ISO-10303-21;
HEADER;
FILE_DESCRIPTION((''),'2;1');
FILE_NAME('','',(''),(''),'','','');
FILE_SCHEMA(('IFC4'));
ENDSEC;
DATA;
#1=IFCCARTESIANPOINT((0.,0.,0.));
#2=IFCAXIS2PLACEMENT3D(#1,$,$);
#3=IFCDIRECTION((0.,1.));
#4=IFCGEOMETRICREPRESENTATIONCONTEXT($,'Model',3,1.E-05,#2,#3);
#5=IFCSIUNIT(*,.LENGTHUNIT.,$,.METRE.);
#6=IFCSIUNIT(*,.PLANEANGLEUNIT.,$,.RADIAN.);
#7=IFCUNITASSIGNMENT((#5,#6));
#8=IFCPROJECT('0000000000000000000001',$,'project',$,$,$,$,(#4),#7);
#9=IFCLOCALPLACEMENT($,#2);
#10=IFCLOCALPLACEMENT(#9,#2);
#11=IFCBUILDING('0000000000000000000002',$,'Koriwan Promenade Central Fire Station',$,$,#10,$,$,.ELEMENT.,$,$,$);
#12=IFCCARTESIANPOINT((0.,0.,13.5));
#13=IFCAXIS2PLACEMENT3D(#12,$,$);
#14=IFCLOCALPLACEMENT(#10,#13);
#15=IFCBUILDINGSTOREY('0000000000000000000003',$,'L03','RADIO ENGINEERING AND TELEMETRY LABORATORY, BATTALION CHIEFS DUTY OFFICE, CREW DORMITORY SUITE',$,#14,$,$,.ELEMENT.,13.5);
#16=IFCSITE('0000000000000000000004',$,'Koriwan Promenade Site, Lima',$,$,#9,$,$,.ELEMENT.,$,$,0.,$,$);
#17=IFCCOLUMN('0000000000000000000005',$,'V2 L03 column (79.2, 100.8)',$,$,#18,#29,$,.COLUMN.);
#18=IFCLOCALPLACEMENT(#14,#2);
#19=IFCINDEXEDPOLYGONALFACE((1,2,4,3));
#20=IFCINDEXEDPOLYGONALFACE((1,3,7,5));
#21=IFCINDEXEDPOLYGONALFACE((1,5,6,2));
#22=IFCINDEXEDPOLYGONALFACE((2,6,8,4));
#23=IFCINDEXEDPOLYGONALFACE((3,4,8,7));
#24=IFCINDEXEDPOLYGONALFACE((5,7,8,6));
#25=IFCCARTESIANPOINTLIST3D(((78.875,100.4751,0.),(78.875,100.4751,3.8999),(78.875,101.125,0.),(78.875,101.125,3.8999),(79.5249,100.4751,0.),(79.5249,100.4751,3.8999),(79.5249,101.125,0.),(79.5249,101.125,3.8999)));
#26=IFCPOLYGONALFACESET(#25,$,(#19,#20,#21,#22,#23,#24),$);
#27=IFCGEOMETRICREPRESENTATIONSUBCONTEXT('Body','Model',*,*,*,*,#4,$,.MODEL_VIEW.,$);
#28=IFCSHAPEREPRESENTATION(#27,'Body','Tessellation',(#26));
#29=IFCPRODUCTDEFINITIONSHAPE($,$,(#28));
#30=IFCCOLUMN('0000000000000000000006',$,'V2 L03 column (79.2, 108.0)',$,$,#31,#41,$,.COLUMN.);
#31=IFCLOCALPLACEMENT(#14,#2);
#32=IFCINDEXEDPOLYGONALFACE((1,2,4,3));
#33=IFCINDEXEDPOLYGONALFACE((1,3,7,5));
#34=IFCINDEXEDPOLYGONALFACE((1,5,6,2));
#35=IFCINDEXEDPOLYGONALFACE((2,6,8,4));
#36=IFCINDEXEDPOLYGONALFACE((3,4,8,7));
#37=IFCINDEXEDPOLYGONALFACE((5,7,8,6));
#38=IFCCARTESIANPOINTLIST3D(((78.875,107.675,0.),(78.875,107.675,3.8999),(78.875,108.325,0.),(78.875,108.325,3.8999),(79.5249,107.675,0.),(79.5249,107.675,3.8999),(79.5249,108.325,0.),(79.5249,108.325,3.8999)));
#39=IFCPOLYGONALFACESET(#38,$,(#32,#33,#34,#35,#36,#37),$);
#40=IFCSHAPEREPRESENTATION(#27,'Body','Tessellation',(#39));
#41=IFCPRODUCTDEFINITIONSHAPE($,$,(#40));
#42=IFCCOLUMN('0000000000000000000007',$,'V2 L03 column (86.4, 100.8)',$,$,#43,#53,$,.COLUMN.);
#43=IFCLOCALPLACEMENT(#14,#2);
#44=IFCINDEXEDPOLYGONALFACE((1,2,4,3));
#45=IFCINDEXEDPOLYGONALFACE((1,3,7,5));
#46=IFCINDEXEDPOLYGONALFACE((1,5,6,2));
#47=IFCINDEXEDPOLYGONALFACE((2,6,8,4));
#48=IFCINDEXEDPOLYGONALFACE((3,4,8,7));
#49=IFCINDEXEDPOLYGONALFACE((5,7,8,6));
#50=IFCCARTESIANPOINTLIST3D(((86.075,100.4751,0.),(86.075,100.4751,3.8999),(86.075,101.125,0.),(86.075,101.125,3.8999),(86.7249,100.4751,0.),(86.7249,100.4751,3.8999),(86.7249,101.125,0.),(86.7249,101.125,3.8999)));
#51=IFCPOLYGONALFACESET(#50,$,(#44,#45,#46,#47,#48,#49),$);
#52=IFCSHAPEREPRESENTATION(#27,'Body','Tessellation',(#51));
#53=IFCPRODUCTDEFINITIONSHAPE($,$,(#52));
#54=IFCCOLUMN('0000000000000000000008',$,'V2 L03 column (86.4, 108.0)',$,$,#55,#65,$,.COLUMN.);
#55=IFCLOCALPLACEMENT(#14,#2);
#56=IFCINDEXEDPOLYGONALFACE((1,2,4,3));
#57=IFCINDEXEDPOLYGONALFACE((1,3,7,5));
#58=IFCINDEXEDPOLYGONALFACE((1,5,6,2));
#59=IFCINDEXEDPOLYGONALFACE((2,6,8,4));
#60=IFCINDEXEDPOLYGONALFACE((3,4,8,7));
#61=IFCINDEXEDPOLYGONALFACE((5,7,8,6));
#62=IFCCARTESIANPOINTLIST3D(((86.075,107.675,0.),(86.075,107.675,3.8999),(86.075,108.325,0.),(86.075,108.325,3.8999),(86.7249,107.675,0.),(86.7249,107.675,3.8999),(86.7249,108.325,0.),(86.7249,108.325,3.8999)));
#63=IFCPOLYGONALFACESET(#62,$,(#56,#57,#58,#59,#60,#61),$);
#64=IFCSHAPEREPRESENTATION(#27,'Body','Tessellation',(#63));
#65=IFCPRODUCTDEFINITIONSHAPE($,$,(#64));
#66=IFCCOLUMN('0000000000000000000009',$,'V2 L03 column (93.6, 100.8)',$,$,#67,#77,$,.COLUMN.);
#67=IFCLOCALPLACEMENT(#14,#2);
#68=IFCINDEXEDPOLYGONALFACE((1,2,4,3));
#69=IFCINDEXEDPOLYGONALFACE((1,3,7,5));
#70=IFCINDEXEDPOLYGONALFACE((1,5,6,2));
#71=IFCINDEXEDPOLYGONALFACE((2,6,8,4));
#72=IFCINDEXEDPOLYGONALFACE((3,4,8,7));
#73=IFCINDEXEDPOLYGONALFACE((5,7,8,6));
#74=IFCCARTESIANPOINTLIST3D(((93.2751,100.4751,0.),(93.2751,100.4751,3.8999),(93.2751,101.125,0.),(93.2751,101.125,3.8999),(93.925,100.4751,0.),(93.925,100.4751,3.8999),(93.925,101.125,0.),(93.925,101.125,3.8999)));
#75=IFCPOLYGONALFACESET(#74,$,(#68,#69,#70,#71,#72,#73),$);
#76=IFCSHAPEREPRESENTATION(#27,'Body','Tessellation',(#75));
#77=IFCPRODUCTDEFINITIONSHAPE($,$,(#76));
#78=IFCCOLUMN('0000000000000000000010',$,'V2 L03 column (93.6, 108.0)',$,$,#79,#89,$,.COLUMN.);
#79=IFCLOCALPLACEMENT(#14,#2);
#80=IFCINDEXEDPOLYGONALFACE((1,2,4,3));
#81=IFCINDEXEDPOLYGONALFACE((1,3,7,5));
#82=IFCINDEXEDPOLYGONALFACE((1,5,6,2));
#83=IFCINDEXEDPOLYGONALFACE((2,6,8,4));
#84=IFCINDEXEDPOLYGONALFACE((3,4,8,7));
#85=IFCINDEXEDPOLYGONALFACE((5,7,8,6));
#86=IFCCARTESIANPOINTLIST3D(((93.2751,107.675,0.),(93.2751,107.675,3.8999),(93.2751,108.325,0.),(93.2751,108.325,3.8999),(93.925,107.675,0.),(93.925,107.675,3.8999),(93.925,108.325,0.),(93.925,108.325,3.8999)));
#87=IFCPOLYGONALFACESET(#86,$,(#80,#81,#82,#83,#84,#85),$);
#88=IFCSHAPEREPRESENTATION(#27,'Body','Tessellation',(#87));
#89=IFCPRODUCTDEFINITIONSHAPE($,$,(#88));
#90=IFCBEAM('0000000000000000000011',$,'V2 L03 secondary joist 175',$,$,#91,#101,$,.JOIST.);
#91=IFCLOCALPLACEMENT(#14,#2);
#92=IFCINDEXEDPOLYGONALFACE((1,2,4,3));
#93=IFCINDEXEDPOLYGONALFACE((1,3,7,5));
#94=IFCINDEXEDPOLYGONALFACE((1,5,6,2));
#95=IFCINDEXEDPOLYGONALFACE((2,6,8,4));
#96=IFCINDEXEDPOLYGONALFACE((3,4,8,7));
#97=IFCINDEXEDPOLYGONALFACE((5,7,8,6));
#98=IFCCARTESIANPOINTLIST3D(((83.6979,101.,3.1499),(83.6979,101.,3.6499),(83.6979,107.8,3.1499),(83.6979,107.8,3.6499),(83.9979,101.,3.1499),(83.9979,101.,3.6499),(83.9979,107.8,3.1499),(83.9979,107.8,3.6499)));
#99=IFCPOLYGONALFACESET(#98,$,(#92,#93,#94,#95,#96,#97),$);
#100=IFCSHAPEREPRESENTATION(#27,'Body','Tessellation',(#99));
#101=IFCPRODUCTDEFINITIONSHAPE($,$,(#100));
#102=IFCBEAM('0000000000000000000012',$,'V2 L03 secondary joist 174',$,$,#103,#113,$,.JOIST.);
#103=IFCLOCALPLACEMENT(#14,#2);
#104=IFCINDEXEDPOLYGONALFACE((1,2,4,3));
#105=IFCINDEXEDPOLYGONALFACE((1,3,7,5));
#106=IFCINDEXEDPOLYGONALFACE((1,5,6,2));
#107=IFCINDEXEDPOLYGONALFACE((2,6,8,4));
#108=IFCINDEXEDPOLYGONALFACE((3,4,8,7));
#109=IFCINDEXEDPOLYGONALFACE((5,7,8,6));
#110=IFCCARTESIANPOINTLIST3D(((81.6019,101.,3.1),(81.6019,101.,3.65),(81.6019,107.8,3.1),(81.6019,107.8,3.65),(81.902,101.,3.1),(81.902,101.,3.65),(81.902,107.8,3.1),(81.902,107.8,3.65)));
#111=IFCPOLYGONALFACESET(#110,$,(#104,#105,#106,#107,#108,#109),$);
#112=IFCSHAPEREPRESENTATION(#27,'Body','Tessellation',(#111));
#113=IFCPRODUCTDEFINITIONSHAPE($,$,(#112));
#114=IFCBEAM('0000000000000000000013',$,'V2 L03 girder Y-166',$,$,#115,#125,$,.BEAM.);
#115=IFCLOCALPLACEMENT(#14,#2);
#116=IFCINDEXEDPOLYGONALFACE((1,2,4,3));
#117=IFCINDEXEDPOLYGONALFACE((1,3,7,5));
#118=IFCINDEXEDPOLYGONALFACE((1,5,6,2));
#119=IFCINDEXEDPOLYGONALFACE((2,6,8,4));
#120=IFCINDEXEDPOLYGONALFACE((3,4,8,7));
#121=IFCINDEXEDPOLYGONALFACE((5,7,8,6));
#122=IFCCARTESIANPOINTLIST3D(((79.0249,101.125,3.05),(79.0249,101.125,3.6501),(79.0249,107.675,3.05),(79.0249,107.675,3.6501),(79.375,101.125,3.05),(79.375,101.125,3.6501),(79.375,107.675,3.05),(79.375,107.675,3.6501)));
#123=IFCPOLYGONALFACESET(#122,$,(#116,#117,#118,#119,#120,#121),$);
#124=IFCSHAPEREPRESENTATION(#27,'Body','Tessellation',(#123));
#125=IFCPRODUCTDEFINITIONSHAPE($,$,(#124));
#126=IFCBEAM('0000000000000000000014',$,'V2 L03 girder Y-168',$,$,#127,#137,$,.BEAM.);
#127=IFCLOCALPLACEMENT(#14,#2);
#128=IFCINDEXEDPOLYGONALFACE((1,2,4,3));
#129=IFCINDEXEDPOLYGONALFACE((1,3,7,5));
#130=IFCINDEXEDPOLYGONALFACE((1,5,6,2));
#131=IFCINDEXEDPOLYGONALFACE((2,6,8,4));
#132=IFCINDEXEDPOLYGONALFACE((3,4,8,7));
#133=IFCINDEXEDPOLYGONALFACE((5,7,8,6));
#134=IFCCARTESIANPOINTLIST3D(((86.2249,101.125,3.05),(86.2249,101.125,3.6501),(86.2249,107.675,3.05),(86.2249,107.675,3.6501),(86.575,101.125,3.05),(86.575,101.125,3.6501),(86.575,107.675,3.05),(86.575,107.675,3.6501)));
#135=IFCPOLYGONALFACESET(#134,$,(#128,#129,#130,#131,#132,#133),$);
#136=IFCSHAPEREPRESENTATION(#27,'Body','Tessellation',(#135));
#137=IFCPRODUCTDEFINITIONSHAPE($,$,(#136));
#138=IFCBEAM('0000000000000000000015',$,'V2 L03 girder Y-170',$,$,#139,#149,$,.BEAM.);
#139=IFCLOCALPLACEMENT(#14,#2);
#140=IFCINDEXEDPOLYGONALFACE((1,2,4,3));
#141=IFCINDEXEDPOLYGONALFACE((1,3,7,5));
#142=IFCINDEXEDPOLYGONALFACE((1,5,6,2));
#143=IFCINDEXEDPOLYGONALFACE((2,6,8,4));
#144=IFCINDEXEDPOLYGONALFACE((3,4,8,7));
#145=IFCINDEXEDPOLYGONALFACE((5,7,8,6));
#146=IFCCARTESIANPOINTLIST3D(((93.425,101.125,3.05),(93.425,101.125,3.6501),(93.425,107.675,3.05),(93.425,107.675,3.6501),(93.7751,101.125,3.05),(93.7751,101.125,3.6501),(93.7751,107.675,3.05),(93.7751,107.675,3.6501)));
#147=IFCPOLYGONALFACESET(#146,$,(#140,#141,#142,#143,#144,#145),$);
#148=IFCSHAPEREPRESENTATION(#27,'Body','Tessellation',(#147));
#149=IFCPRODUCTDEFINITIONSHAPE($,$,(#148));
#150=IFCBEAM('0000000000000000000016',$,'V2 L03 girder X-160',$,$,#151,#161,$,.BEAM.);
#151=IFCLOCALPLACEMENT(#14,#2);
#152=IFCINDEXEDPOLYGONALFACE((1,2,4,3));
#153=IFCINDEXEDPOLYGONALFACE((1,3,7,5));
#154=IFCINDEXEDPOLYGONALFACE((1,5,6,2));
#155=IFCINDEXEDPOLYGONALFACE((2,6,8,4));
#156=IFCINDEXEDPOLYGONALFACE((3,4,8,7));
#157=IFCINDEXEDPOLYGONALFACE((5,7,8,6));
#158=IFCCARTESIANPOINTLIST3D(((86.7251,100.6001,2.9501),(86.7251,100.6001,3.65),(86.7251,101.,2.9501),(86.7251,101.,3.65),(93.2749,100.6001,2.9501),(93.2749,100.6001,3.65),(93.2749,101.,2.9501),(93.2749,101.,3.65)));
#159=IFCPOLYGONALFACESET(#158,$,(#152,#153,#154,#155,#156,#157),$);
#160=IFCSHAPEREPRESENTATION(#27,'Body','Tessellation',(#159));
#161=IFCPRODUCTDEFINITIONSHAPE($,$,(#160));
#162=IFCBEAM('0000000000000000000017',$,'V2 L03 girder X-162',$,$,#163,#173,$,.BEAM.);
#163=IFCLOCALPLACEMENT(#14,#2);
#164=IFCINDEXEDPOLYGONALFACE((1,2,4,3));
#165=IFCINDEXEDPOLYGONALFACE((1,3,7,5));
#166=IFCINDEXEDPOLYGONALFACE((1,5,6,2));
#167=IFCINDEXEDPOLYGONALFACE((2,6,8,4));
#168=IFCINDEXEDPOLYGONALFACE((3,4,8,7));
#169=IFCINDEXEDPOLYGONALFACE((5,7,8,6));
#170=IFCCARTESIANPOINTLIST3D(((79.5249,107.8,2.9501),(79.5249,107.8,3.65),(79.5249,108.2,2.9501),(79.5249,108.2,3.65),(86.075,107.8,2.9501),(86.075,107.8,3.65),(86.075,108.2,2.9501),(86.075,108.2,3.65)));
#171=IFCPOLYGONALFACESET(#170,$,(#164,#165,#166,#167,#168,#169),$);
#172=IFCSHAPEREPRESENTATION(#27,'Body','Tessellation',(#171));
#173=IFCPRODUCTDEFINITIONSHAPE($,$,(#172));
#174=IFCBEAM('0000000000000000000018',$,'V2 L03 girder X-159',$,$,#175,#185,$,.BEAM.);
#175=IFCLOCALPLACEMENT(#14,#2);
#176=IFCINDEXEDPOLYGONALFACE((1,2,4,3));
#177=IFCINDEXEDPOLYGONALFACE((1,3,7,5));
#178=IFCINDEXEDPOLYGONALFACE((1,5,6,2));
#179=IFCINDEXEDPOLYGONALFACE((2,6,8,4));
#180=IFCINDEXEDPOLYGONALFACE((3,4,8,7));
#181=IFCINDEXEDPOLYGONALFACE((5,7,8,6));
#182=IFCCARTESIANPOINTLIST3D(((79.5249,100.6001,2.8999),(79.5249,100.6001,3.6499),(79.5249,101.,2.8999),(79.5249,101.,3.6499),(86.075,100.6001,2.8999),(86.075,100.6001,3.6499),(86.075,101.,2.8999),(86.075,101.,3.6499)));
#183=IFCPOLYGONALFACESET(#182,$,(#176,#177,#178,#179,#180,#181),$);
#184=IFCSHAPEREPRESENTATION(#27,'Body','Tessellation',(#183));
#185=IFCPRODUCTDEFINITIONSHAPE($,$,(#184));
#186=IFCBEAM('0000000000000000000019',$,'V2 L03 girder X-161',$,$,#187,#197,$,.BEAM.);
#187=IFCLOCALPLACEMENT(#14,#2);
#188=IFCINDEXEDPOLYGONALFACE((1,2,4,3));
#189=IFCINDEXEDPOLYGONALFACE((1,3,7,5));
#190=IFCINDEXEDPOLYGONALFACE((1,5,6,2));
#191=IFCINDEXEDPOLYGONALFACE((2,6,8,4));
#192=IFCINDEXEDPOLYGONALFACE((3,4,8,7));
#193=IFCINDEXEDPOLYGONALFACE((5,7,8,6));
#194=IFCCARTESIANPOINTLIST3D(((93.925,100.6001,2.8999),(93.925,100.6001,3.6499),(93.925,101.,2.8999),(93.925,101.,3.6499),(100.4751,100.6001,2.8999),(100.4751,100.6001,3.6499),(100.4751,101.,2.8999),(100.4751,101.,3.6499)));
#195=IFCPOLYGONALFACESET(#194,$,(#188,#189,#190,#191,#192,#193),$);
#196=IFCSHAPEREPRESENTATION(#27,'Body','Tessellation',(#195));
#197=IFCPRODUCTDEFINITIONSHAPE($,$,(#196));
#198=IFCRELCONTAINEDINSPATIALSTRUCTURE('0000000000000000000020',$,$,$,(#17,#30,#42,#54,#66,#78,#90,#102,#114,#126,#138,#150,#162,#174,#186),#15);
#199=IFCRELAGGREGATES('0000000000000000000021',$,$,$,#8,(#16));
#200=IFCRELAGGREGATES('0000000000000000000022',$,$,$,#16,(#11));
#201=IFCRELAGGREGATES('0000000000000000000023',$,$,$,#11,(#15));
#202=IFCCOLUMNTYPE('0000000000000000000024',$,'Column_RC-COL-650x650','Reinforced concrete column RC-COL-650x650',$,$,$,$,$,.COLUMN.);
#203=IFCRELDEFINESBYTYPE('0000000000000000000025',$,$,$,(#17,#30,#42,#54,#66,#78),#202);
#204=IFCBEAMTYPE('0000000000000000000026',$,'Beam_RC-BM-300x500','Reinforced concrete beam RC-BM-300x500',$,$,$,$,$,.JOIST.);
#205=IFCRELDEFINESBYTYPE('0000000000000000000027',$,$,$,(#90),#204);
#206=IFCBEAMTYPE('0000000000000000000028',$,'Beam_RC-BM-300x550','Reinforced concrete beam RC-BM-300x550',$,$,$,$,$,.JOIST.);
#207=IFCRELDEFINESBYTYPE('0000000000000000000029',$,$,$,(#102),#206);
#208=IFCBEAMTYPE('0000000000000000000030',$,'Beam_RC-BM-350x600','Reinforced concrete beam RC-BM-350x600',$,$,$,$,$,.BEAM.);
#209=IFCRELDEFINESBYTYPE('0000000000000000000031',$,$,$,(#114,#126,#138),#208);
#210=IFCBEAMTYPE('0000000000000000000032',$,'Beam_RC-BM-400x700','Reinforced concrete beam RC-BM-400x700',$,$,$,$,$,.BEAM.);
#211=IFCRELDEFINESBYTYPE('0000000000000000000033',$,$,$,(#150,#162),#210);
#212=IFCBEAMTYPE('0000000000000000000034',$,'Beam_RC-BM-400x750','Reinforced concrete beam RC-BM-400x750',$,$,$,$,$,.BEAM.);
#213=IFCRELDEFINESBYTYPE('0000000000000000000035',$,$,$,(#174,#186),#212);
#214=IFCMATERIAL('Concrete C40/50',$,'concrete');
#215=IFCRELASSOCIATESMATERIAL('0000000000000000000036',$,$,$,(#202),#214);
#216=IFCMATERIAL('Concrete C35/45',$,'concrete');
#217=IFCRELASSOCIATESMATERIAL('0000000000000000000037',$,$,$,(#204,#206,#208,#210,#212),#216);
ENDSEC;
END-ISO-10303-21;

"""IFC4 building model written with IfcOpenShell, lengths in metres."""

from ifc_helpers import new_model, si_unit, direction, frame, origin, origin_2d, place, context, subcontext, project, spatial, rectangle, extrude, material, material_profile, profile_set, type_object, element, save


model = new_model("IFC4")

# Units and contexts
model_context = context("Model", 3, precision=1e-05, world=origin(), true_north=direction((0.0, 1.0)))
body_context = subcontext(model_context, "Body", "Model", "MODEL_VIEW")
ifc_project = project(units=[si_unit("LENGTHUNIT", "METRE"), si_unit("PLANEANGLEUNIT", "RADIAN")], contexts=[model_context])

# Site, building, storey
site_placement = place(None, origin())
site = spatial("IfcSite", under=ifc_project, at=site_placement, Name="Koriwan Promenade Site, Lima", CompositionType="ELEMENT", RefElevation=0.0)
building_placement = place(site_placement, origin())
building = spatial("IfcBuilding", under=site, at=building_placement, Name="Koriwan Promenade Central Fire Station", CompositionType="ELEMENT")
storey_placement = place(building_placement, frame((0.0, 0.0, 13.5)))
storey = spatial("IfcBuildingStorey", under=building, at=storey_placement, Name="L03", Description="RADIO ENGINEERING AND TELEMETRY LABORATORY, BATTALION CHIEFS DUTY OFFICE, CREW DORMITORY SUITE", CompositionType="ELEMENT", Elevation=13.5)

# Columns
ifc_material_1 = material(Name="Concrete C40/50", Category="concrete")
ifc_material_profile_1 = material_profile(ifc_material_1, rectangle(XDim=0.6499, YDim=0.6499, at=origin_2d()), Name="RC-COL-650x650")
ifc_profile_set_1 = profile_set([ifc_material_profile_1], Name="Concrete C40/50")
column_type = type_object("IfcColumnType", Name="Column_RC-COL-650x650", Description="Reinforced concrete column RC-COL-650x650", PredefinedType="COLUMN", material=ifc_profile_set_1)
for number, where, z_axis, x_axis, name in (
    (1, (79.2, 100.8, 0.0), (0.0, 0.0, 1.0), (1.0, 0.0, 0.0), "V2 L03 column (79.2, 100.8)"),
    (2, (79.2, 108.0, 0.0), (0.0, 0.0, 1.0), (1.0, 0.0, 0.0), "V2 L03 column (79.2, 108.0)"),
    (3, (86.3999, 100.8, 0.0), (0.0, 0.0, 1.0), (1.0, 0.0, 0.0), "V2 L03 column (86.4, 100.8)"),
    (4, (86.3999, 108.0, 0.0), (0.0, 0.0, 1.0), (1.0, 0.0, 0.0), "V2 L03 column (86.4, 108.0)"),
    (5, (93.6001, 100.8, 0.0), (0.0, 0.0, 1.0), (1.0, 0.0, 0.0), "V2 L03 column (93.6, 100.8)"),
    (6, (93.6001, 108.0, 0.0), (0.0, 0.0, 1.0), (1.0, 0.0, 0.0), "V2 L03 column (93.6, 108.0)"),
):
    element("IfcColumn", number, at=place(storey_placement, frame(where, z_axis=z_axis, x_axis=x_axis)), inside=storey, type_object=column_type, Name=name, PredefinedType="COLUMN", context=body_context, shape_type="SweptSolid", body=[
        extrude(rectangle(XDim=0.6499, YDim=0.6499, at=origin_2d()), origin(), (0.0, 0.0, 1.0), 3.8999),
    ])

# Beams
ifc_material_2 = material(Name="Concrete C35/45", Category="concrete")
ifc_material_profile_2 = material_profile(ifc_material_2, rectangle(XDim=0.3, YDim=0.5, at=origin_2d()), Name="RC-BM-300x500")
ifc_profile_set_2 = profile_set([ifc_material_profile_2], Name="Concrete C35/45")
beam_type_1 = type_object("IfcBeamType", Name="Beam_RC-BM-300x500", Description="Reinforced concrete beam RC-BM-300x500", PredefinedType="JOIST", material=ifc_profile_set_2)
beam_1_placement = place(storey_placement, frame((83.8479, 101.0, 3.3999), z_axis=(0.0, 1.0, 0.0), x_axis=(-1.0, 0.0, 0.0)))
element("IfcBeam", 7, at=beam_1_placement, inside=storey, type_object=beam_type_1, Name="V2 L03 secondary joist 175", PredefinedType="JOIST", context=body_context, shape_type="SweptSolid", body=[
    extrude(rectangle(XDim=0.3, YDim=0.5, at=origin_2d()), origin(), (0.0, 0.0, 1.0), 6.8),
])
ifc_material_profile_3 = material_profile(ifc_material_2, rectangle(XDim=0.3, YDim=0.55, at=origin_2d()), Name="RC-BM-300x550")
ifc_profile_set_3 = profile_set([ifc_material_profile_3], Name="Concrete C35/45")
beam_type_2 = type_object("IfcBeamType", Name="Beam_RC-BM-300x550", Description="Reinforced concrete beam RC-BM-300x550", PredefinedType="JOIST", material=ifc_profile_set_3)
beam_2_placement = place(storey_placement, frame((81.752, 101.0, 3.375), z_axis=(0.0, 1.0, 0.0), x_axis=(-1.0, 0.0, 0.0)))
element("IfcBeam", 8, at=beam_2_placement, inside=storey, type_object=beam_type_2, Name="V2 L03 secondary joist 174", PredefinedType="JOIST", context=body_context, shape_type="SweptSolid", body=[
    extrude(rectangle(XDim=0.3, YDim=0.55, at=origin_2d()), origin(), (0.0, 0.0, 1.0), 6.8),
])
ifc_material_profile_4 = material_profile(ifc_material_2, rectangle(XDim=0.3501, YDim=0.6001, at=origin_2d()), Name="RC-BM-350x600")
ifc_profile_set_4 = profile_set([ifc_material_profile_4], Name="Concrete C35/45")
beam_type_3 = type_object("IfcBeamType", Name="Beam_RC-BM-350x600", Description="Reinforced concrete beam RC-BM-350x600", PredefinedType="BEAM", material=ifc_profile_set_4)
for number, where, z_axis, x_axis, name in (
    (9, (79.2, 101.125, 3.3501), (0.0, 1.0, 0.0), (-1.0, 0.0, 0.0), "V2 L03 girder Y-166"),
    (10, (86.3999, 101.125, 3.3501), (0.0, 1.0, 0.0), (-1.0, 0.0, 0.0), "V2 L03 girder Y-168"),
    (11, (93.6001, 101.125, 3.3501), (0.0, 1.0, 0.0), (-1.0, 0.0, 0.0), "V2 L03 girder Y-170"),
):
    element("IfcBeam", number, at=place(storey_placement, frame(where, z_axis=z_axis, x_axis=x_axis)), inside=storey, type_object=beam_type_3, Name=name, PredefinedType="BEAM", context=body_context, shape_type="SweptSolid", body=[
        extrude(rectangle(XDim=0.3501, YDim=0.6001, at=origin_2d()), origin(), (0.0, 0.0, 1.0), 6.55),
    ])
ifc_material_profile_5 = material_profile(ifc_material_2, rectangle(XDim=0.3999, YDim=0.7, at=origin_2d()), Name="RC-BM-400x700")
ifc_profile_set_5 = profile_set([ifc_material_profile_5], Name="Concrete C35/45")
beam_type_4 = type_object("IfcBeamType", Name="Beam_RC-BM-400x700", Description="Reinforced concrete beam RC-BM-400x700", PredefinedType="BEAM", material=ifc_profile_set_5)
beam_3_placement = place(storey_placement, frame((86.7251, 100.8, 3.3), z_axis=(1.0, 0.0, 0.0), x_axis=(0.0, 1.0, 0.0)))
element("IfcBeam", 12, at=beam_3_placement, inside=storey, type_object=beam_type_4, Name="V2 L03 girder X-160", PredefinedType="BEAM", context=body_context, shape_type="SweptSolid", body=[
    extrude(rectangle(XDim=0.3999, YDim=0.7, at=origin_2d()), origin(), (0.0, 0.0, 1.0), 6.5498),
])
beam_4_placement = place(storey_placement, frame((79.5249, 108.0, 3.3), z_axis=(1.0, 0.0, 0.0), x_axis=(0.0, 1.0, 0.0)))
element("IfcBeam", 13, at=beam_4_placement, inside=storey, type_object=beam_type_4, Name="V2 L03 girder X-162", PredefinedType="BEAM", context=body_context, shape_type="SweptSolid", body=[
    extrude(rectangle(XDim=0.3999, YDim=0.7, at=origin_2d()), origin(), (0.0, 0.0, 1.0), 6.55),
])
ifc_material_profile_6 = material_profile(ifc_material_2, rectangle(XDim=0.3999, YDim=0.75, at=origin_2d()), Name="RC-BM-400x750")
ifc_profile_set_6 = profile_set([ifc_material_profile_6], Name="Concrete C35/45")
beam_type_5 = type_object("IfcBeamType", Name="Beam_RC-BM-400x750", Description="Reinforced concrete beam RC-BM-400x750", PredefinedType="BEAM", material=ifc_profile_set_6)
for number, where, z_axis, x_axis, name in (
    (14, (79.5249, 100.8, 3.2749), (1.0, 0.0, 0.0), (0.0, 1.0, 0.0), "V2 L03 girder X-159"),
    (15, (93.925, 100.8, 3.2749), (1.0, 0.0, 0.0), (0.0, 1.0, 0.0), "V2 L03 girder X-161"),
):
    element("IfcBeam", number, at=place(storey_placement, frame(where, z_axis=z_axis, x_axis=x_axis)), inside=storey, type_object=beam_type_5, Name=name, PredefinedType="BEAM", context=body_context, shape_type="SweptSolid", body=[
        extrude(rectangle(XDim=0.3999, YDim=0.75, at=origin_2d()), origin(), (0.0, 0.0, 1.0), 6.55),
    ])

save(model, "model.ifc")
